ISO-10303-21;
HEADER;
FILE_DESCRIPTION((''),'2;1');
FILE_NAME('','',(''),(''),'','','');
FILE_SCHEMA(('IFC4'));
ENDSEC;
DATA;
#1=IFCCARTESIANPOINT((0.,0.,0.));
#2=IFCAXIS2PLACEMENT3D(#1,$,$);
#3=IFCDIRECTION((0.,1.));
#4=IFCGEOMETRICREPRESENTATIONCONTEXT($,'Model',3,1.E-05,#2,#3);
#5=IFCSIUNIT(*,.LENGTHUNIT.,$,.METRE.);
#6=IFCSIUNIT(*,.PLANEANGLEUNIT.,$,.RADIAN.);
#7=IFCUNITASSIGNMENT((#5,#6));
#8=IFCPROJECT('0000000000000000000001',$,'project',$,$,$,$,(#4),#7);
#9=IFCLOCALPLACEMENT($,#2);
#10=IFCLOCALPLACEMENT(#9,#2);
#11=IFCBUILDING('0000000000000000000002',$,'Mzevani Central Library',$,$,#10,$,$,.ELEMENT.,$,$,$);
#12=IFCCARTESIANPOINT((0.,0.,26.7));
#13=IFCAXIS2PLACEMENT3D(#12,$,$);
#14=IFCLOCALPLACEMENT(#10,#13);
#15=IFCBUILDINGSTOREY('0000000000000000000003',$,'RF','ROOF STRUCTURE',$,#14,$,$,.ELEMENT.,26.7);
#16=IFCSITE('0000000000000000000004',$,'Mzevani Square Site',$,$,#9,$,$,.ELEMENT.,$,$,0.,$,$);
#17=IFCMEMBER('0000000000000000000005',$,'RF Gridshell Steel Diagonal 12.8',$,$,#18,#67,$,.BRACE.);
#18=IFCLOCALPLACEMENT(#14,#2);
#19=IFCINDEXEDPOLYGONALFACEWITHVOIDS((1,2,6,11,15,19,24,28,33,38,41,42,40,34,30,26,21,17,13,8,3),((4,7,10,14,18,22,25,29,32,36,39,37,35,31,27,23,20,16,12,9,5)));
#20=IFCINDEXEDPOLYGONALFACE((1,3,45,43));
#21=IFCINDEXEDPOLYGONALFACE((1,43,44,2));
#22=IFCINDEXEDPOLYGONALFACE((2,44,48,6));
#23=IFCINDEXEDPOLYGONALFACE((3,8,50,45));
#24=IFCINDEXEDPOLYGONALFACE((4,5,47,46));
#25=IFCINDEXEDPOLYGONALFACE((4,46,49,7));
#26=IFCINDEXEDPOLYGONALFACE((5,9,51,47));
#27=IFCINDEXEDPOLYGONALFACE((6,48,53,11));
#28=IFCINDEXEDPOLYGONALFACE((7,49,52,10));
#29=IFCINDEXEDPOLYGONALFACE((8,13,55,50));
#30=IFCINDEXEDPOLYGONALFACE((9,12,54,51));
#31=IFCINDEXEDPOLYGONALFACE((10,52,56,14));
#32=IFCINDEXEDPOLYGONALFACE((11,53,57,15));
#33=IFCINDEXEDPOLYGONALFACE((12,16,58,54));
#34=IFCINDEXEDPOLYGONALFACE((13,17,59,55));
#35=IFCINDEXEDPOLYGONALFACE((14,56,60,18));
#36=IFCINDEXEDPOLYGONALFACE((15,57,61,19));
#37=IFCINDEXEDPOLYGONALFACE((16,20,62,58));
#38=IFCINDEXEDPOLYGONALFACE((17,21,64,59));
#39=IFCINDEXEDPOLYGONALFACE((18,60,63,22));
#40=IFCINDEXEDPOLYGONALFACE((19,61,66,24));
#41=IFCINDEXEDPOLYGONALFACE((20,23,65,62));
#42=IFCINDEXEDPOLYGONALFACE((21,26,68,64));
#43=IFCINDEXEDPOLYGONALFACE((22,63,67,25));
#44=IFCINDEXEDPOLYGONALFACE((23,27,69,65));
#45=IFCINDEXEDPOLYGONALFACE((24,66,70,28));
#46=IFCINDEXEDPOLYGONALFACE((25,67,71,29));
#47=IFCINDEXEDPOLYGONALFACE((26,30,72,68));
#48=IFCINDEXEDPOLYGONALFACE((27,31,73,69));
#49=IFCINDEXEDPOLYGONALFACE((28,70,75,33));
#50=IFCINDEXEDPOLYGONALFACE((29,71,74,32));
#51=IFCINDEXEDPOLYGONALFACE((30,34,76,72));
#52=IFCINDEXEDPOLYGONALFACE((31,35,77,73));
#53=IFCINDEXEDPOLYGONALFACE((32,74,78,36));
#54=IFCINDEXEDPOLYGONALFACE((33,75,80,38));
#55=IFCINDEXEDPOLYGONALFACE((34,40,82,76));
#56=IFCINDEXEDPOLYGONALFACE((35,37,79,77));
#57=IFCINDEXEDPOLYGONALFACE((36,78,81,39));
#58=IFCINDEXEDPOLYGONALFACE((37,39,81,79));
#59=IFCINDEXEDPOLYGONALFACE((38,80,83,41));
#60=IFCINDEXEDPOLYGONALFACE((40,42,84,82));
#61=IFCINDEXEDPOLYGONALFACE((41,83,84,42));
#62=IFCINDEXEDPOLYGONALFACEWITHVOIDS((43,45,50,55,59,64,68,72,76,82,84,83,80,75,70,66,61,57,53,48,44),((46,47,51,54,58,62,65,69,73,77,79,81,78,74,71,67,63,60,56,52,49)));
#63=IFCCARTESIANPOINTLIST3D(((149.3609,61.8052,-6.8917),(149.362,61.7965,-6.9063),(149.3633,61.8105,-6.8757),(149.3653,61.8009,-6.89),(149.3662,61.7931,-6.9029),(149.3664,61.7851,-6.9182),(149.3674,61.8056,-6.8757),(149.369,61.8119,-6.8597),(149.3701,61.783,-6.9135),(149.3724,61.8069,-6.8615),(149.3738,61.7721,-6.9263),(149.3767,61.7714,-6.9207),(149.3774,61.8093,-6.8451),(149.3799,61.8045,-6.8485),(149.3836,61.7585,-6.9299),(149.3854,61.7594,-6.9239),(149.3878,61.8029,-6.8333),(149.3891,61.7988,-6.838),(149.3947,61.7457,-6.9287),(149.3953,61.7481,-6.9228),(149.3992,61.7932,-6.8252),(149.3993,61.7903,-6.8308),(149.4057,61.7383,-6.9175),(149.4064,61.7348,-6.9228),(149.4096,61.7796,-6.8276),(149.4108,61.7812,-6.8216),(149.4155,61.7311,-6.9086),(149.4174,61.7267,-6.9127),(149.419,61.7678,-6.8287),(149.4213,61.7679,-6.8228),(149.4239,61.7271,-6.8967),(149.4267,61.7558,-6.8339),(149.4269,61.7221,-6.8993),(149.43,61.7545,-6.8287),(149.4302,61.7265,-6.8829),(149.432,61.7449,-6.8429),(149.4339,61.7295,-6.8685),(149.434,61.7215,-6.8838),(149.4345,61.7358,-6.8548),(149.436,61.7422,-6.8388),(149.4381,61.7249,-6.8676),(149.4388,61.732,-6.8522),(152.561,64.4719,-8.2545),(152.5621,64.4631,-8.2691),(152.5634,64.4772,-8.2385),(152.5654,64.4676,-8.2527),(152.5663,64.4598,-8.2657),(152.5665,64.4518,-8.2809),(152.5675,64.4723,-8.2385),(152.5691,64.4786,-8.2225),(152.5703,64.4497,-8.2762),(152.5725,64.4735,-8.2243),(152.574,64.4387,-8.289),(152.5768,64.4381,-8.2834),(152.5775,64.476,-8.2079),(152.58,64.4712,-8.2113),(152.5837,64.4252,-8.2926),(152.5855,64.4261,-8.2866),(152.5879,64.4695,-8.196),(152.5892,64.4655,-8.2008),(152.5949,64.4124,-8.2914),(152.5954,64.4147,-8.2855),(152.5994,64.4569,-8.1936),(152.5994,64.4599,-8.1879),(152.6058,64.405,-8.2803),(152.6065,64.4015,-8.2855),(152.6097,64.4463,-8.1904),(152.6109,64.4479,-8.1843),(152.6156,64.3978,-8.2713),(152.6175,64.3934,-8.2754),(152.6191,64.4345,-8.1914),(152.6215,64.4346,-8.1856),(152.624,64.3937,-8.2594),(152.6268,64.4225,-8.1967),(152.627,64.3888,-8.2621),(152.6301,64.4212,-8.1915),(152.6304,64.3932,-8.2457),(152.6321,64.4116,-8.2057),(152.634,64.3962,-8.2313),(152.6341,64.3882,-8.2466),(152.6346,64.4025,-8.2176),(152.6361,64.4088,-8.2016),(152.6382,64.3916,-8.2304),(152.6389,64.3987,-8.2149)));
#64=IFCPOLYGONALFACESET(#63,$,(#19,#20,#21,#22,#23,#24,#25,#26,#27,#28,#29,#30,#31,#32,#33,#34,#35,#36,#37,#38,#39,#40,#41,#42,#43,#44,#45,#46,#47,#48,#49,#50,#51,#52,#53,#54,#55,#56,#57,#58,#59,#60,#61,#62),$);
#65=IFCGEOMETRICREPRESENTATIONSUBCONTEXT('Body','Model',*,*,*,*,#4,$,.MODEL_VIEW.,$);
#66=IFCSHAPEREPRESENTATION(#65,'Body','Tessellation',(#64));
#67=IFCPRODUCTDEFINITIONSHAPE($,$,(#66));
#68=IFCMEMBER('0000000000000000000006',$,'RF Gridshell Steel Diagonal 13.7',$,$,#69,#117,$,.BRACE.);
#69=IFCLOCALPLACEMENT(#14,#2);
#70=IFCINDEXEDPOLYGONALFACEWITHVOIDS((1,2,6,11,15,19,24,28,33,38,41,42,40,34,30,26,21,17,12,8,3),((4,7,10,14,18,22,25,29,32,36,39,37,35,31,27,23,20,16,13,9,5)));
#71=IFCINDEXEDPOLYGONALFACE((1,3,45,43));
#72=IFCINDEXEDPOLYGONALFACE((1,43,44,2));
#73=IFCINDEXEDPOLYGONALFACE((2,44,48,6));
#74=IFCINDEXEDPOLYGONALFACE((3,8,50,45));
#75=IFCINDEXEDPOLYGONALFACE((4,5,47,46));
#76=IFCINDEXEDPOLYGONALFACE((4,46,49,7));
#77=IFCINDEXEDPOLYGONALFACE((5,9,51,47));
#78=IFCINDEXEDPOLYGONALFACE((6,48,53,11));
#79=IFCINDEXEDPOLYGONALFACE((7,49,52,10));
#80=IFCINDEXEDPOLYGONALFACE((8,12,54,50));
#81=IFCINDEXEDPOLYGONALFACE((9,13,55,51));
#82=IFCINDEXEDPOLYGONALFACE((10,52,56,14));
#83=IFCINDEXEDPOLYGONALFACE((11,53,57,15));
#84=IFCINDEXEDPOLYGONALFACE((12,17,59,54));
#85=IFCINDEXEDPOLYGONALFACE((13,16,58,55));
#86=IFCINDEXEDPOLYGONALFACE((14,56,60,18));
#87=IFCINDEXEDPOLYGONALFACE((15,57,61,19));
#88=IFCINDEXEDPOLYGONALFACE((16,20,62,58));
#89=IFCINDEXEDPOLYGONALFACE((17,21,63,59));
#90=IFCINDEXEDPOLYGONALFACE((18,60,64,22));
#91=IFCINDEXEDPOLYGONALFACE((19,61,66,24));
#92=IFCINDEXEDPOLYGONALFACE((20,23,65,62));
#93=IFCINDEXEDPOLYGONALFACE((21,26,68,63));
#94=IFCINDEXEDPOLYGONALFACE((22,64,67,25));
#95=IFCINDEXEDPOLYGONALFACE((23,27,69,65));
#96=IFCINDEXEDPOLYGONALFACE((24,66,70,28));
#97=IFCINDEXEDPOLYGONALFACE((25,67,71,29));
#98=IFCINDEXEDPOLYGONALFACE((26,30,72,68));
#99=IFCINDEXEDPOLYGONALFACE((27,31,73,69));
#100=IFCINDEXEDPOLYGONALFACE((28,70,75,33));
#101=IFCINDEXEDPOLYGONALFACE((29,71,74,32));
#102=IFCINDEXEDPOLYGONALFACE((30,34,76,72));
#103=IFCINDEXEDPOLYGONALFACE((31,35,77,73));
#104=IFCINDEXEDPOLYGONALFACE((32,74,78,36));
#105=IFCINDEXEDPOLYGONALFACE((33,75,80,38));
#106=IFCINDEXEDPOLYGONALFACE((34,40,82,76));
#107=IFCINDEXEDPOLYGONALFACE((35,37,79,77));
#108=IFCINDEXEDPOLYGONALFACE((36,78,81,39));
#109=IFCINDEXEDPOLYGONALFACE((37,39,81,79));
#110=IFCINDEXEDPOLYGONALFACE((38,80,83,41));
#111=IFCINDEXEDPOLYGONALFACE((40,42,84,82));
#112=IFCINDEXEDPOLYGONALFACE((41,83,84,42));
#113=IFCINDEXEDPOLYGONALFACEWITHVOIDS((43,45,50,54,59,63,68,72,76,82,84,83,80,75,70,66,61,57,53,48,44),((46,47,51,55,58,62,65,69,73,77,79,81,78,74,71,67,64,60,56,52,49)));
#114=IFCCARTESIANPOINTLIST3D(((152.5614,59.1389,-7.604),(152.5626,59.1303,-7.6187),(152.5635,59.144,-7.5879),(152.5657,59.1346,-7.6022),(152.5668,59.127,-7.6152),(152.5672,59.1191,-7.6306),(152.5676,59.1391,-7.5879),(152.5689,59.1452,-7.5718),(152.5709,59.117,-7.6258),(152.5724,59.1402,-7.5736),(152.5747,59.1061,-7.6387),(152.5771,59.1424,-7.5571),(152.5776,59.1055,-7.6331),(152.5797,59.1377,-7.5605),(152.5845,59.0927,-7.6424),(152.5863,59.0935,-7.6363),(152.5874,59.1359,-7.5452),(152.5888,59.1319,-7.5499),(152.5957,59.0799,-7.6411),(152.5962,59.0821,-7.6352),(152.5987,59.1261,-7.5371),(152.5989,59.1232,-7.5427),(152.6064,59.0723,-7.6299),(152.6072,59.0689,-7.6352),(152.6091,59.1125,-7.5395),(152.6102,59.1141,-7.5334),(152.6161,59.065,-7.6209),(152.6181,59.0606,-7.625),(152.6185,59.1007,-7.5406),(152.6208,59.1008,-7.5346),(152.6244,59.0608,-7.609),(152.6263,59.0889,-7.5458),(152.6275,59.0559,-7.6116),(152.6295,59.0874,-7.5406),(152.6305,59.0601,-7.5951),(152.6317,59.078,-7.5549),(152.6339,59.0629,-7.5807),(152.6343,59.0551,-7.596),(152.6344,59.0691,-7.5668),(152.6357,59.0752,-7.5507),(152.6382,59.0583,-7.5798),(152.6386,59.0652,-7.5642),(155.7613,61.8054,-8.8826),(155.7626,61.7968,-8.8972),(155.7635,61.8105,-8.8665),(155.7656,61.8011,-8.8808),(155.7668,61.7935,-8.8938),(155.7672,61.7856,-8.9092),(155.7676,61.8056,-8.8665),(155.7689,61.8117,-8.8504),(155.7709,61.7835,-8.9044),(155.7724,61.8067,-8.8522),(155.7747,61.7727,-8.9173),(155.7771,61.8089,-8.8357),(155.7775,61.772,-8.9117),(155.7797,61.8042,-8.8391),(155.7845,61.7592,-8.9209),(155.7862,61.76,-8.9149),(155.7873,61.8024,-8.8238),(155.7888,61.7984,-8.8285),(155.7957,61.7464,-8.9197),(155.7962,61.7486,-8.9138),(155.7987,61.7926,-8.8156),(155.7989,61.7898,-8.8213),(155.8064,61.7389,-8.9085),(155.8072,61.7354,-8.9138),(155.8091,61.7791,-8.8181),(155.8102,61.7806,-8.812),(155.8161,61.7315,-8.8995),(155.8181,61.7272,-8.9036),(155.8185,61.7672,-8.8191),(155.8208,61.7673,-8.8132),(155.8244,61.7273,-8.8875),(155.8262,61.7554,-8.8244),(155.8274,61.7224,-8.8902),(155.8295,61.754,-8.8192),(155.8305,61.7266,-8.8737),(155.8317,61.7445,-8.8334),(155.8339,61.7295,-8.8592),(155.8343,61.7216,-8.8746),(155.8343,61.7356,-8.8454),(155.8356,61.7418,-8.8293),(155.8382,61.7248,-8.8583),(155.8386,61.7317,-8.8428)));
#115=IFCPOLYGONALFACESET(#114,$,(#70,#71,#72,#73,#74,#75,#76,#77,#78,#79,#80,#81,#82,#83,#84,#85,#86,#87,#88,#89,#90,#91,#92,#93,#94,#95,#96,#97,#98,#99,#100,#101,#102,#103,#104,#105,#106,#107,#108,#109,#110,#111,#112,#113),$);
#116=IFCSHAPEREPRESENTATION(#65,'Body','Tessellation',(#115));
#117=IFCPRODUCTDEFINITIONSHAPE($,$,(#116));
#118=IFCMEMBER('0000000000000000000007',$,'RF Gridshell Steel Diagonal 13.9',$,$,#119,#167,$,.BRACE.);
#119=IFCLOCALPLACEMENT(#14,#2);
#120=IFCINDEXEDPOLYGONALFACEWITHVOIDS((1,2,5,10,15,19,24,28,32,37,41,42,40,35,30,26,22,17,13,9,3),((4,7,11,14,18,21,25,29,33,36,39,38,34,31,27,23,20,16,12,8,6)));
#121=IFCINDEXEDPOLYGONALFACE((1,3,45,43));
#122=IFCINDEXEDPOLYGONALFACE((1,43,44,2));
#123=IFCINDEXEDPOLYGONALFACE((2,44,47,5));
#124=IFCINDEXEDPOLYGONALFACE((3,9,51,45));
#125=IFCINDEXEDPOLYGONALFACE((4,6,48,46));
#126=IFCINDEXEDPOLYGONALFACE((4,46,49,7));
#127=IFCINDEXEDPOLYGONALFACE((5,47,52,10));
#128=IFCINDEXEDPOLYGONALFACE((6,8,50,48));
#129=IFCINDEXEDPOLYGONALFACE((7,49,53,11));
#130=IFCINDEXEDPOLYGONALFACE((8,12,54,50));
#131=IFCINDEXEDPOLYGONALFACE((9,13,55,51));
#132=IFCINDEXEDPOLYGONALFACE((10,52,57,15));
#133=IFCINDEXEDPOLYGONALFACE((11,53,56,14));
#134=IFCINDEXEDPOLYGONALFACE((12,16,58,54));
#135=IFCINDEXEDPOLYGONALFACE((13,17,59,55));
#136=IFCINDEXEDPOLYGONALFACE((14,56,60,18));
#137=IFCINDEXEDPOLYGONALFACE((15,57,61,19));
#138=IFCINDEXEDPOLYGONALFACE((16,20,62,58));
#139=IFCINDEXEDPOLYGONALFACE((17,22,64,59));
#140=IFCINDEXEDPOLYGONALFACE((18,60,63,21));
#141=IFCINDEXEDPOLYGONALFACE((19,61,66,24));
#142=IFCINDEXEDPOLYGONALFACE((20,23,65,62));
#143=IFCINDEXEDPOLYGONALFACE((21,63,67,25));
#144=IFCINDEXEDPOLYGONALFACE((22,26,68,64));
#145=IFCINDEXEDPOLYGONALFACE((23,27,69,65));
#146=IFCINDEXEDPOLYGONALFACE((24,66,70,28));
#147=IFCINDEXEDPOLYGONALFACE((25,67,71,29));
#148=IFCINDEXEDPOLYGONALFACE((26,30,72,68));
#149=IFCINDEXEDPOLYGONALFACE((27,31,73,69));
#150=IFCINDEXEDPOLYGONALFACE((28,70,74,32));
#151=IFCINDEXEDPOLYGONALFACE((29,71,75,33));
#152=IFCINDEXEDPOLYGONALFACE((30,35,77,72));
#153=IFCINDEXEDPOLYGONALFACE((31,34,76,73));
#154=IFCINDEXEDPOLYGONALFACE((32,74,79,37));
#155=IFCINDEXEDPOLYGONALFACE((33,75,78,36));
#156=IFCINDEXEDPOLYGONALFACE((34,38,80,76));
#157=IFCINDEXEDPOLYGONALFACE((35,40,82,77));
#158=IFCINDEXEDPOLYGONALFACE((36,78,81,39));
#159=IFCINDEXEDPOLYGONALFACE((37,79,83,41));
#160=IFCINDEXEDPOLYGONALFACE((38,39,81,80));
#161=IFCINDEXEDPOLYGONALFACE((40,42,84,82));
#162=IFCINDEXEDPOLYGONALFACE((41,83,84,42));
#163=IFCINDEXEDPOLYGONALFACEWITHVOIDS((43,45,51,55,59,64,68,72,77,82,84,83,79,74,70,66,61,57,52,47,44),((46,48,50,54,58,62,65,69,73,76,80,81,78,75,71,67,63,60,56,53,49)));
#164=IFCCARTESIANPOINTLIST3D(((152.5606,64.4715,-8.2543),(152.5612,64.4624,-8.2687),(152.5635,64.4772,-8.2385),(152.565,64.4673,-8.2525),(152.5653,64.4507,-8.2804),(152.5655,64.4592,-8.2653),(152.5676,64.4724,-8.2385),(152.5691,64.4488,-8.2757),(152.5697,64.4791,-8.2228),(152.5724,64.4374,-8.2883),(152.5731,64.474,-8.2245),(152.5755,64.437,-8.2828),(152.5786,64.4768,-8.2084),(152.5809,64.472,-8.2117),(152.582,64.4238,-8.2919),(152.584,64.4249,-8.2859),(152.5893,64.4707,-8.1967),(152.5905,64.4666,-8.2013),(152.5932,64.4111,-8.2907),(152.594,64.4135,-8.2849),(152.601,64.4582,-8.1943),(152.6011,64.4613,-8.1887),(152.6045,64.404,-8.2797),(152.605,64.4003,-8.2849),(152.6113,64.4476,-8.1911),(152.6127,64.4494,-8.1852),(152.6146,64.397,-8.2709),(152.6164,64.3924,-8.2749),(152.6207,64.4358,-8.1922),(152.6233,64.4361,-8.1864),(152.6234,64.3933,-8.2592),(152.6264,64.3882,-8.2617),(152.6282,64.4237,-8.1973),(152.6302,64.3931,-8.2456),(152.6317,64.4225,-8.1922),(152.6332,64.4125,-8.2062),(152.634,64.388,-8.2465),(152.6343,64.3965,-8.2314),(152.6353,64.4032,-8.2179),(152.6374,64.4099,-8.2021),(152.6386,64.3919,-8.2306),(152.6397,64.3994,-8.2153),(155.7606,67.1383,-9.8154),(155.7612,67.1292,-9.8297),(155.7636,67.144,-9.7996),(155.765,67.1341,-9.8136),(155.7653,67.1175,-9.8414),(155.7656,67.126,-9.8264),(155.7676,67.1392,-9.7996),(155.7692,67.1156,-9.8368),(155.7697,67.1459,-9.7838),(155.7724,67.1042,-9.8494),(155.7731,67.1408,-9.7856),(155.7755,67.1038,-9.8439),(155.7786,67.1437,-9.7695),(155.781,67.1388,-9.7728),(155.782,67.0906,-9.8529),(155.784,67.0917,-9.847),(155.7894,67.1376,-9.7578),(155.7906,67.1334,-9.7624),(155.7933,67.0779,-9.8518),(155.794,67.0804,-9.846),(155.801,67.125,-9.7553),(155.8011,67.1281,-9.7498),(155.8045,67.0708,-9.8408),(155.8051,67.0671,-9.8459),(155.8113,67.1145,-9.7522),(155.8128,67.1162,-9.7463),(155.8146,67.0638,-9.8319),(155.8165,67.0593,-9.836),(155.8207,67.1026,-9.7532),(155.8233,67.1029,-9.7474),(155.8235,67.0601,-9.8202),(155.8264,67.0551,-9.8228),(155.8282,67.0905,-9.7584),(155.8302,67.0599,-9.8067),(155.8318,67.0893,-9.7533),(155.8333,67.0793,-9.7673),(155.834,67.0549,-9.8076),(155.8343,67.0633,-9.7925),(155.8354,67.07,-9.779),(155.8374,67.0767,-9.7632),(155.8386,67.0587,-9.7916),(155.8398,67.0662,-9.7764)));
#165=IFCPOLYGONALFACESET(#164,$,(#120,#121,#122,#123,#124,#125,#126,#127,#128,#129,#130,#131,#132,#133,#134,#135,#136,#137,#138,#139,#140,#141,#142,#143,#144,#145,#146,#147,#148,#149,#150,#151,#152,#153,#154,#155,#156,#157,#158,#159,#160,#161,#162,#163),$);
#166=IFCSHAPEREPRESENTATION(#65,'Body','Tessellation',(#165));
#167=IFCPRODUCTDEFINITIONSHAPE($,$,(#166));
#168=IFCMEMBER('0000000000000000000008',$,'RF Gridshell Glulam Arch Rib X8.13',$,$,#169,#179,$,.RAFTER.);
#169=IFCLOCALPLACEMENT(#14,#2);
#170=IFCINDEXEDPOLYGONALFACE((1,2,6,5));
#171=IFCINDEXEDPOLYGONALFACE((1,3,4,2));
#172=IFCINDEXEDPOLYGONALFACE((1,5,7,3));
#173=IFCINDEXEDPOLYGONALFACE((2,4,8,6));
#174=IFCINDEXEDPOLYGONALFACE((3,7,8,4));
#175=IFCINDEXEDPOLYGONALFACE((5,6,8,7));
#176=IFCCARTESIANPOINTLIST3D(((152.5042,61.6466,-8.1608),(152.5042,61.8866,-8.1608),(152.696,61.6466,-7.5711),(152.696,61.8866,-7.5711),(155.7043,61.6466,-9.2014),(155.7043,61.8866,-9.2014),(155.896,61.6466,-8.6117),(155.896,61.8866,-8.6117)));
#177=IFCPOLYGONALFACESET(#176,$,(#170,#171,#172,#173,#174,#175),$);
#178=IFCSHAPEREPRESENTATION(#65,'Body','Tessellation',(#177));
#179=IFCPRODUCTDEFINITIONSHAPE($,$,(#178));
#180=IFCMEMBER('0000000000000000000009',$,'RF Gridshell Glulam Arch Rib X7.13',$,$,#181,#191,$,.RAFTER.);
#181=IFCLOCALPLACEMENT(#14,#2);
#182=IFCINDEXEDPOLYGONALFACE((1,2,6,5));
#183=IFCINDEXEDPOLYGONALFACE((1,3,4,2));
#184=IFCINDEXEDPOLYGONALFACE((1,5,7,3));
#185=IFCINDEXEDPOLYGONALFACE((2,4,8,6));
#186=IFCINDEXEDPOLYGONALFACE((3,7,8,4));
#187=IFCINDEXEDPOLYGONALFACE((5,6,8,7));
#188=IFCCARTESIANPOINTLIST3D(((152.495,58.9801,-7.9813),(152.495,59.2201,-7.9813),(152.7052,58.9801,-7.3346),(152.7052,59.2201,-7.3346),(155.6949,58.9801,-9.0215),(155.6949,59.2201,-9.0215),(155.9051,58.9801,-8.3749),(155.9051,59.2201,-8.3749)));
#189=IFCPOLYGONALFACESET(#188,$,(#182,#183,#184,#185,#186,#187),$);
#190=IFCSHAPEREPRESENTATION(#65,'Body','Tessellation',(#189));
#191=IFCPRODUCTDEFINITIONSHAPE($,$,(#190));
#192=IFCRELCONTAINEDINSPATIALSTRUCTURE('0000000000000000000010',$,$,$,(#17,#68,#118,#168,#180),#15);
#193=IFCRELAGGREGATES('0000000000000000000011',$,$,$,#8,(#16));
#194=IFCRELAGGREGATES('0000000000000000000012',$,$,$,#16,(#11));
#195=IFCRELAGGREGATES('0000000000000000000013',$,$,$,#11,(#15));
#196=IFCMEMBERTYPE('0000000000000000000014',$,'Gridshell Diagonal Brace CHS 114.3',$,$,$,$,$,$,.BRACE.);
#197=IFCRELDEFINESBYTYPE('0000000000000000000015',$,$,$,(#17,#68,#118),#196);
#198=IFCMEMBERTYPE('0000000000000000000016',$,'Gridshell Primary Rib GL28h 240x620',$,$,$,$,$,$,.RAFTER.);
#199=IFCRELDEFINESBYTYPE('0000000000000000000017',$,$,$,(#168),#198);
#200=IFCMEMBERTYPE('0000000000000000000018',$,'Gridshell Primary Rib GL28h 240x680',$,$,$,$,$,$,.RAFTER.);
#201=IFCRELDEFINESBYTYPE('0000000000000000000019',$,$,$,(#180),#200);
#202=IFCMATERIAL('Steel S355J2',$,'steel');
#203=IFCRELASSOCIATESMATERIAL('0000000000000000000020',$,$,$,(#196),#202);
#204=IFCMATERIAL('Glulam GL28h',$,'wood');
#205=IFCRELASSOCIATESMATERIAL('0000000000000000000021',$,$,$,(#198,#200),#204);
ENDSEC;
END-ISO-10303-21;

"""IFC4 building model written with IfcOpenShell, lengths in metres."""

from ifc_helpers import new_model, si_unit, direction, frame, origin, origin_2d, place, context, subcontext, project, spatial, rectangle, hollow_circle, extrude, material, material_profile, profile_set, type_object, element, save


model = new_model("IFC4")

# Units and contexts
model_context = context("Model", 3, precision=1e-05, world=origin(), true_north=direction((0.0, 1.0)))
body_context = subcontext(model_context, "Body", "Model", "MODEL_VIEW")
ifc_project = project(units=[si_unit("LENGTHUNIT", "METRE"), si_unit("PLANEANGLEUNIT", "RADIAN")], contexts=[model_context])

# Site, building, storey
site_placement = place(None, origin())
site = spatial("IfcSite", under=ifc_project, at=site_placement, Name="Mzevani Square Site", CompositionType="ELEMENT", RefElevation=0.0)
building_placement = place(site_placement, origin())
building = spatial("IfcBuilding", under=site, at=building_placement, Name="Mzevani Central Library", CompositionType="ELEMENT")
storey_placement = place(building_placement, frame((0.0, 0.0, 26.7)))
storey = spatial("IfcBuildingStorey", under=building, at=storey_placement, Name="RF", Description="ROOF STRUCTURE", CompositionType="ELEMENT", Elevation=26.7)

# Members
ifc_material_1 = material(Name="Steel S355J2", Category="steel")
ifc_material_profile_1 = material_profile(ifc_material_1, hollow_circle(Radius=0.0571, WallThickness=0.0063, at=origin_2d()), Name="CHS 114.3x6.3")
ifc_profile_set_1 = profile_set([ifc_material_profile_1], Name="Steel S355J2")
member_type_1 = type_object("IfcMemberType", Name="Gridshell Diagonal Brace CHS 114.3", PredefinedType="BRACE", material=ifc_profile_set_1)
member_1_placement = place(storey_placement, frame((149.3999, 61.7666, -6.8757), z_axis=(0.730151, 0.608441, -0.310933), x_axis=(-0.640173, 0.768231, 0.0)))
element("IfcMember", 1, at=member_1_placement, inside=storey, type_object=member_type_1, Name="RF Gridshell Steel Diagonal 12.8", PredefinedType="BRACE", context=body_context, shape_type="SweptSolid", body=[
    extrude(hollow_circle(Radius=0.0571, WallThickness=0.0063, at=origin_2d()), origin(), (0.0, 0.0, 1.0), 4.3828),
])
member_2_placement = place(storey_placement, frame((152.6001, 59.1001, -7.5879), z_axis=(0.734416, 0.611985, -0.293441), x_axis=(-0.640167, 0.768236, 0.0)))
element("IfcMember", 2, at=member_2_placement, inside=storey, type_object=member_type_1, Name="RF Gridshell Steel Diagonal 13.7", PredefinedType="BRACE", context=body_context, shape_type="SweptSolid", body=[
    extrude(hollow_circle(Radius=0.0571, WallThickness=0.0063, at=origin_2d()), origin(), (0.0, 0.0, 1.0), 4.3572),
])
member_3_placement = place(storey_placement, frame((152.6001, 64.4333, -8.2385), z_axis=(0.719352, 0.599488, -0.350922), x_axis=(-0.640202, 0.768207, 0.0)))
element("IfcMember", 3, at=member_3_placement, inside=storey, type_object=member_type_1, Name="RF Gridshell Steel Diagonal 13.9", PredefinedType="BRACE", context=body_context, shape_type="SweptSolid", body=[
    extrude(hollow_circle(Radius=0.0571, WallThickness=0.0063, at=origin_2d()), origin(), (0.0, 0.0, 1.0), 4.4485),
])
ifc_material_2 = material(Name="Glulam GL28h", Category="wood")
ifc_material_profile_2 = material_profile(ifc_material_2, rectangle(XDim=0.24, YDim=0.6201, at=origin_2d()), Name="GL28h 240x620")
ifc_profile_set_2 = profile_set([ifc_material_profile_2], Name="Glulam GL28h")
member_type_2 = type_object("IfcMemberType", Name="Gridshell Primary Rib GL28h 240x620", PredefinedType="RAFTER", material=ifc_profile_set_2)
member_4_placement = place(storey_placement, frame((152.6001, 61.7666, -7.866), z_axis=(0.950987, 0.0, -0.309232), x_axis=(0.0, 1.0, 0.0)))
element("IfcMember", 4, at=member_4_placement, inside=storey, type_object=member_type_2, Name="RF Gridshell Glulam Arch Rib X8.13", PredefinedType="RAFTER", context=body_context, shape_type="SweptSolid", body=[
    extrude(rectangle(XDim=0.24, YDim=0.6201, at=origin_2d()), origin(), (0.0, 0.0, 1.0), 3.365),
])
ifc_material_profile_3 = material_profile(ifc_material_2, rectangle(XDim=0.24, YDim=0.6799, at=origin_2d()), Name="GL28h 240x680")
ifc_profile_set_3 = profile_set([ifc_material_profile_3], Name="Glulam GL28h")
member_type_3 = type_object("IfcMemberType", Name="Gridshell Primary Rib GL28h 240x680", PredefinedType="RAFTER", material=ifc_profile_set_3)
member_5_placement = place(storey_placement, frame((152.6001, 59.1001, -7.658), z_axis=(0.951008, 0.0, -0.309166), x_axis=(0.0, 1.0, 0.0)))
element("IfcMember", 5, at=member_5_placement, inside=storey, type_object=member_type_3, Name="RF Gridshell Glulam Arch Rib X7.13", PredefinedType="RAFTER", context=body_context, shape_type="SweptSolid", body=[
    extrude(rectangle(XDim=0.24, YDim=0.6799, at=origin_2d()), origin(), (0.0, 0.0, 1.0), 3.3647),
])

save(model, "model.ifc")
